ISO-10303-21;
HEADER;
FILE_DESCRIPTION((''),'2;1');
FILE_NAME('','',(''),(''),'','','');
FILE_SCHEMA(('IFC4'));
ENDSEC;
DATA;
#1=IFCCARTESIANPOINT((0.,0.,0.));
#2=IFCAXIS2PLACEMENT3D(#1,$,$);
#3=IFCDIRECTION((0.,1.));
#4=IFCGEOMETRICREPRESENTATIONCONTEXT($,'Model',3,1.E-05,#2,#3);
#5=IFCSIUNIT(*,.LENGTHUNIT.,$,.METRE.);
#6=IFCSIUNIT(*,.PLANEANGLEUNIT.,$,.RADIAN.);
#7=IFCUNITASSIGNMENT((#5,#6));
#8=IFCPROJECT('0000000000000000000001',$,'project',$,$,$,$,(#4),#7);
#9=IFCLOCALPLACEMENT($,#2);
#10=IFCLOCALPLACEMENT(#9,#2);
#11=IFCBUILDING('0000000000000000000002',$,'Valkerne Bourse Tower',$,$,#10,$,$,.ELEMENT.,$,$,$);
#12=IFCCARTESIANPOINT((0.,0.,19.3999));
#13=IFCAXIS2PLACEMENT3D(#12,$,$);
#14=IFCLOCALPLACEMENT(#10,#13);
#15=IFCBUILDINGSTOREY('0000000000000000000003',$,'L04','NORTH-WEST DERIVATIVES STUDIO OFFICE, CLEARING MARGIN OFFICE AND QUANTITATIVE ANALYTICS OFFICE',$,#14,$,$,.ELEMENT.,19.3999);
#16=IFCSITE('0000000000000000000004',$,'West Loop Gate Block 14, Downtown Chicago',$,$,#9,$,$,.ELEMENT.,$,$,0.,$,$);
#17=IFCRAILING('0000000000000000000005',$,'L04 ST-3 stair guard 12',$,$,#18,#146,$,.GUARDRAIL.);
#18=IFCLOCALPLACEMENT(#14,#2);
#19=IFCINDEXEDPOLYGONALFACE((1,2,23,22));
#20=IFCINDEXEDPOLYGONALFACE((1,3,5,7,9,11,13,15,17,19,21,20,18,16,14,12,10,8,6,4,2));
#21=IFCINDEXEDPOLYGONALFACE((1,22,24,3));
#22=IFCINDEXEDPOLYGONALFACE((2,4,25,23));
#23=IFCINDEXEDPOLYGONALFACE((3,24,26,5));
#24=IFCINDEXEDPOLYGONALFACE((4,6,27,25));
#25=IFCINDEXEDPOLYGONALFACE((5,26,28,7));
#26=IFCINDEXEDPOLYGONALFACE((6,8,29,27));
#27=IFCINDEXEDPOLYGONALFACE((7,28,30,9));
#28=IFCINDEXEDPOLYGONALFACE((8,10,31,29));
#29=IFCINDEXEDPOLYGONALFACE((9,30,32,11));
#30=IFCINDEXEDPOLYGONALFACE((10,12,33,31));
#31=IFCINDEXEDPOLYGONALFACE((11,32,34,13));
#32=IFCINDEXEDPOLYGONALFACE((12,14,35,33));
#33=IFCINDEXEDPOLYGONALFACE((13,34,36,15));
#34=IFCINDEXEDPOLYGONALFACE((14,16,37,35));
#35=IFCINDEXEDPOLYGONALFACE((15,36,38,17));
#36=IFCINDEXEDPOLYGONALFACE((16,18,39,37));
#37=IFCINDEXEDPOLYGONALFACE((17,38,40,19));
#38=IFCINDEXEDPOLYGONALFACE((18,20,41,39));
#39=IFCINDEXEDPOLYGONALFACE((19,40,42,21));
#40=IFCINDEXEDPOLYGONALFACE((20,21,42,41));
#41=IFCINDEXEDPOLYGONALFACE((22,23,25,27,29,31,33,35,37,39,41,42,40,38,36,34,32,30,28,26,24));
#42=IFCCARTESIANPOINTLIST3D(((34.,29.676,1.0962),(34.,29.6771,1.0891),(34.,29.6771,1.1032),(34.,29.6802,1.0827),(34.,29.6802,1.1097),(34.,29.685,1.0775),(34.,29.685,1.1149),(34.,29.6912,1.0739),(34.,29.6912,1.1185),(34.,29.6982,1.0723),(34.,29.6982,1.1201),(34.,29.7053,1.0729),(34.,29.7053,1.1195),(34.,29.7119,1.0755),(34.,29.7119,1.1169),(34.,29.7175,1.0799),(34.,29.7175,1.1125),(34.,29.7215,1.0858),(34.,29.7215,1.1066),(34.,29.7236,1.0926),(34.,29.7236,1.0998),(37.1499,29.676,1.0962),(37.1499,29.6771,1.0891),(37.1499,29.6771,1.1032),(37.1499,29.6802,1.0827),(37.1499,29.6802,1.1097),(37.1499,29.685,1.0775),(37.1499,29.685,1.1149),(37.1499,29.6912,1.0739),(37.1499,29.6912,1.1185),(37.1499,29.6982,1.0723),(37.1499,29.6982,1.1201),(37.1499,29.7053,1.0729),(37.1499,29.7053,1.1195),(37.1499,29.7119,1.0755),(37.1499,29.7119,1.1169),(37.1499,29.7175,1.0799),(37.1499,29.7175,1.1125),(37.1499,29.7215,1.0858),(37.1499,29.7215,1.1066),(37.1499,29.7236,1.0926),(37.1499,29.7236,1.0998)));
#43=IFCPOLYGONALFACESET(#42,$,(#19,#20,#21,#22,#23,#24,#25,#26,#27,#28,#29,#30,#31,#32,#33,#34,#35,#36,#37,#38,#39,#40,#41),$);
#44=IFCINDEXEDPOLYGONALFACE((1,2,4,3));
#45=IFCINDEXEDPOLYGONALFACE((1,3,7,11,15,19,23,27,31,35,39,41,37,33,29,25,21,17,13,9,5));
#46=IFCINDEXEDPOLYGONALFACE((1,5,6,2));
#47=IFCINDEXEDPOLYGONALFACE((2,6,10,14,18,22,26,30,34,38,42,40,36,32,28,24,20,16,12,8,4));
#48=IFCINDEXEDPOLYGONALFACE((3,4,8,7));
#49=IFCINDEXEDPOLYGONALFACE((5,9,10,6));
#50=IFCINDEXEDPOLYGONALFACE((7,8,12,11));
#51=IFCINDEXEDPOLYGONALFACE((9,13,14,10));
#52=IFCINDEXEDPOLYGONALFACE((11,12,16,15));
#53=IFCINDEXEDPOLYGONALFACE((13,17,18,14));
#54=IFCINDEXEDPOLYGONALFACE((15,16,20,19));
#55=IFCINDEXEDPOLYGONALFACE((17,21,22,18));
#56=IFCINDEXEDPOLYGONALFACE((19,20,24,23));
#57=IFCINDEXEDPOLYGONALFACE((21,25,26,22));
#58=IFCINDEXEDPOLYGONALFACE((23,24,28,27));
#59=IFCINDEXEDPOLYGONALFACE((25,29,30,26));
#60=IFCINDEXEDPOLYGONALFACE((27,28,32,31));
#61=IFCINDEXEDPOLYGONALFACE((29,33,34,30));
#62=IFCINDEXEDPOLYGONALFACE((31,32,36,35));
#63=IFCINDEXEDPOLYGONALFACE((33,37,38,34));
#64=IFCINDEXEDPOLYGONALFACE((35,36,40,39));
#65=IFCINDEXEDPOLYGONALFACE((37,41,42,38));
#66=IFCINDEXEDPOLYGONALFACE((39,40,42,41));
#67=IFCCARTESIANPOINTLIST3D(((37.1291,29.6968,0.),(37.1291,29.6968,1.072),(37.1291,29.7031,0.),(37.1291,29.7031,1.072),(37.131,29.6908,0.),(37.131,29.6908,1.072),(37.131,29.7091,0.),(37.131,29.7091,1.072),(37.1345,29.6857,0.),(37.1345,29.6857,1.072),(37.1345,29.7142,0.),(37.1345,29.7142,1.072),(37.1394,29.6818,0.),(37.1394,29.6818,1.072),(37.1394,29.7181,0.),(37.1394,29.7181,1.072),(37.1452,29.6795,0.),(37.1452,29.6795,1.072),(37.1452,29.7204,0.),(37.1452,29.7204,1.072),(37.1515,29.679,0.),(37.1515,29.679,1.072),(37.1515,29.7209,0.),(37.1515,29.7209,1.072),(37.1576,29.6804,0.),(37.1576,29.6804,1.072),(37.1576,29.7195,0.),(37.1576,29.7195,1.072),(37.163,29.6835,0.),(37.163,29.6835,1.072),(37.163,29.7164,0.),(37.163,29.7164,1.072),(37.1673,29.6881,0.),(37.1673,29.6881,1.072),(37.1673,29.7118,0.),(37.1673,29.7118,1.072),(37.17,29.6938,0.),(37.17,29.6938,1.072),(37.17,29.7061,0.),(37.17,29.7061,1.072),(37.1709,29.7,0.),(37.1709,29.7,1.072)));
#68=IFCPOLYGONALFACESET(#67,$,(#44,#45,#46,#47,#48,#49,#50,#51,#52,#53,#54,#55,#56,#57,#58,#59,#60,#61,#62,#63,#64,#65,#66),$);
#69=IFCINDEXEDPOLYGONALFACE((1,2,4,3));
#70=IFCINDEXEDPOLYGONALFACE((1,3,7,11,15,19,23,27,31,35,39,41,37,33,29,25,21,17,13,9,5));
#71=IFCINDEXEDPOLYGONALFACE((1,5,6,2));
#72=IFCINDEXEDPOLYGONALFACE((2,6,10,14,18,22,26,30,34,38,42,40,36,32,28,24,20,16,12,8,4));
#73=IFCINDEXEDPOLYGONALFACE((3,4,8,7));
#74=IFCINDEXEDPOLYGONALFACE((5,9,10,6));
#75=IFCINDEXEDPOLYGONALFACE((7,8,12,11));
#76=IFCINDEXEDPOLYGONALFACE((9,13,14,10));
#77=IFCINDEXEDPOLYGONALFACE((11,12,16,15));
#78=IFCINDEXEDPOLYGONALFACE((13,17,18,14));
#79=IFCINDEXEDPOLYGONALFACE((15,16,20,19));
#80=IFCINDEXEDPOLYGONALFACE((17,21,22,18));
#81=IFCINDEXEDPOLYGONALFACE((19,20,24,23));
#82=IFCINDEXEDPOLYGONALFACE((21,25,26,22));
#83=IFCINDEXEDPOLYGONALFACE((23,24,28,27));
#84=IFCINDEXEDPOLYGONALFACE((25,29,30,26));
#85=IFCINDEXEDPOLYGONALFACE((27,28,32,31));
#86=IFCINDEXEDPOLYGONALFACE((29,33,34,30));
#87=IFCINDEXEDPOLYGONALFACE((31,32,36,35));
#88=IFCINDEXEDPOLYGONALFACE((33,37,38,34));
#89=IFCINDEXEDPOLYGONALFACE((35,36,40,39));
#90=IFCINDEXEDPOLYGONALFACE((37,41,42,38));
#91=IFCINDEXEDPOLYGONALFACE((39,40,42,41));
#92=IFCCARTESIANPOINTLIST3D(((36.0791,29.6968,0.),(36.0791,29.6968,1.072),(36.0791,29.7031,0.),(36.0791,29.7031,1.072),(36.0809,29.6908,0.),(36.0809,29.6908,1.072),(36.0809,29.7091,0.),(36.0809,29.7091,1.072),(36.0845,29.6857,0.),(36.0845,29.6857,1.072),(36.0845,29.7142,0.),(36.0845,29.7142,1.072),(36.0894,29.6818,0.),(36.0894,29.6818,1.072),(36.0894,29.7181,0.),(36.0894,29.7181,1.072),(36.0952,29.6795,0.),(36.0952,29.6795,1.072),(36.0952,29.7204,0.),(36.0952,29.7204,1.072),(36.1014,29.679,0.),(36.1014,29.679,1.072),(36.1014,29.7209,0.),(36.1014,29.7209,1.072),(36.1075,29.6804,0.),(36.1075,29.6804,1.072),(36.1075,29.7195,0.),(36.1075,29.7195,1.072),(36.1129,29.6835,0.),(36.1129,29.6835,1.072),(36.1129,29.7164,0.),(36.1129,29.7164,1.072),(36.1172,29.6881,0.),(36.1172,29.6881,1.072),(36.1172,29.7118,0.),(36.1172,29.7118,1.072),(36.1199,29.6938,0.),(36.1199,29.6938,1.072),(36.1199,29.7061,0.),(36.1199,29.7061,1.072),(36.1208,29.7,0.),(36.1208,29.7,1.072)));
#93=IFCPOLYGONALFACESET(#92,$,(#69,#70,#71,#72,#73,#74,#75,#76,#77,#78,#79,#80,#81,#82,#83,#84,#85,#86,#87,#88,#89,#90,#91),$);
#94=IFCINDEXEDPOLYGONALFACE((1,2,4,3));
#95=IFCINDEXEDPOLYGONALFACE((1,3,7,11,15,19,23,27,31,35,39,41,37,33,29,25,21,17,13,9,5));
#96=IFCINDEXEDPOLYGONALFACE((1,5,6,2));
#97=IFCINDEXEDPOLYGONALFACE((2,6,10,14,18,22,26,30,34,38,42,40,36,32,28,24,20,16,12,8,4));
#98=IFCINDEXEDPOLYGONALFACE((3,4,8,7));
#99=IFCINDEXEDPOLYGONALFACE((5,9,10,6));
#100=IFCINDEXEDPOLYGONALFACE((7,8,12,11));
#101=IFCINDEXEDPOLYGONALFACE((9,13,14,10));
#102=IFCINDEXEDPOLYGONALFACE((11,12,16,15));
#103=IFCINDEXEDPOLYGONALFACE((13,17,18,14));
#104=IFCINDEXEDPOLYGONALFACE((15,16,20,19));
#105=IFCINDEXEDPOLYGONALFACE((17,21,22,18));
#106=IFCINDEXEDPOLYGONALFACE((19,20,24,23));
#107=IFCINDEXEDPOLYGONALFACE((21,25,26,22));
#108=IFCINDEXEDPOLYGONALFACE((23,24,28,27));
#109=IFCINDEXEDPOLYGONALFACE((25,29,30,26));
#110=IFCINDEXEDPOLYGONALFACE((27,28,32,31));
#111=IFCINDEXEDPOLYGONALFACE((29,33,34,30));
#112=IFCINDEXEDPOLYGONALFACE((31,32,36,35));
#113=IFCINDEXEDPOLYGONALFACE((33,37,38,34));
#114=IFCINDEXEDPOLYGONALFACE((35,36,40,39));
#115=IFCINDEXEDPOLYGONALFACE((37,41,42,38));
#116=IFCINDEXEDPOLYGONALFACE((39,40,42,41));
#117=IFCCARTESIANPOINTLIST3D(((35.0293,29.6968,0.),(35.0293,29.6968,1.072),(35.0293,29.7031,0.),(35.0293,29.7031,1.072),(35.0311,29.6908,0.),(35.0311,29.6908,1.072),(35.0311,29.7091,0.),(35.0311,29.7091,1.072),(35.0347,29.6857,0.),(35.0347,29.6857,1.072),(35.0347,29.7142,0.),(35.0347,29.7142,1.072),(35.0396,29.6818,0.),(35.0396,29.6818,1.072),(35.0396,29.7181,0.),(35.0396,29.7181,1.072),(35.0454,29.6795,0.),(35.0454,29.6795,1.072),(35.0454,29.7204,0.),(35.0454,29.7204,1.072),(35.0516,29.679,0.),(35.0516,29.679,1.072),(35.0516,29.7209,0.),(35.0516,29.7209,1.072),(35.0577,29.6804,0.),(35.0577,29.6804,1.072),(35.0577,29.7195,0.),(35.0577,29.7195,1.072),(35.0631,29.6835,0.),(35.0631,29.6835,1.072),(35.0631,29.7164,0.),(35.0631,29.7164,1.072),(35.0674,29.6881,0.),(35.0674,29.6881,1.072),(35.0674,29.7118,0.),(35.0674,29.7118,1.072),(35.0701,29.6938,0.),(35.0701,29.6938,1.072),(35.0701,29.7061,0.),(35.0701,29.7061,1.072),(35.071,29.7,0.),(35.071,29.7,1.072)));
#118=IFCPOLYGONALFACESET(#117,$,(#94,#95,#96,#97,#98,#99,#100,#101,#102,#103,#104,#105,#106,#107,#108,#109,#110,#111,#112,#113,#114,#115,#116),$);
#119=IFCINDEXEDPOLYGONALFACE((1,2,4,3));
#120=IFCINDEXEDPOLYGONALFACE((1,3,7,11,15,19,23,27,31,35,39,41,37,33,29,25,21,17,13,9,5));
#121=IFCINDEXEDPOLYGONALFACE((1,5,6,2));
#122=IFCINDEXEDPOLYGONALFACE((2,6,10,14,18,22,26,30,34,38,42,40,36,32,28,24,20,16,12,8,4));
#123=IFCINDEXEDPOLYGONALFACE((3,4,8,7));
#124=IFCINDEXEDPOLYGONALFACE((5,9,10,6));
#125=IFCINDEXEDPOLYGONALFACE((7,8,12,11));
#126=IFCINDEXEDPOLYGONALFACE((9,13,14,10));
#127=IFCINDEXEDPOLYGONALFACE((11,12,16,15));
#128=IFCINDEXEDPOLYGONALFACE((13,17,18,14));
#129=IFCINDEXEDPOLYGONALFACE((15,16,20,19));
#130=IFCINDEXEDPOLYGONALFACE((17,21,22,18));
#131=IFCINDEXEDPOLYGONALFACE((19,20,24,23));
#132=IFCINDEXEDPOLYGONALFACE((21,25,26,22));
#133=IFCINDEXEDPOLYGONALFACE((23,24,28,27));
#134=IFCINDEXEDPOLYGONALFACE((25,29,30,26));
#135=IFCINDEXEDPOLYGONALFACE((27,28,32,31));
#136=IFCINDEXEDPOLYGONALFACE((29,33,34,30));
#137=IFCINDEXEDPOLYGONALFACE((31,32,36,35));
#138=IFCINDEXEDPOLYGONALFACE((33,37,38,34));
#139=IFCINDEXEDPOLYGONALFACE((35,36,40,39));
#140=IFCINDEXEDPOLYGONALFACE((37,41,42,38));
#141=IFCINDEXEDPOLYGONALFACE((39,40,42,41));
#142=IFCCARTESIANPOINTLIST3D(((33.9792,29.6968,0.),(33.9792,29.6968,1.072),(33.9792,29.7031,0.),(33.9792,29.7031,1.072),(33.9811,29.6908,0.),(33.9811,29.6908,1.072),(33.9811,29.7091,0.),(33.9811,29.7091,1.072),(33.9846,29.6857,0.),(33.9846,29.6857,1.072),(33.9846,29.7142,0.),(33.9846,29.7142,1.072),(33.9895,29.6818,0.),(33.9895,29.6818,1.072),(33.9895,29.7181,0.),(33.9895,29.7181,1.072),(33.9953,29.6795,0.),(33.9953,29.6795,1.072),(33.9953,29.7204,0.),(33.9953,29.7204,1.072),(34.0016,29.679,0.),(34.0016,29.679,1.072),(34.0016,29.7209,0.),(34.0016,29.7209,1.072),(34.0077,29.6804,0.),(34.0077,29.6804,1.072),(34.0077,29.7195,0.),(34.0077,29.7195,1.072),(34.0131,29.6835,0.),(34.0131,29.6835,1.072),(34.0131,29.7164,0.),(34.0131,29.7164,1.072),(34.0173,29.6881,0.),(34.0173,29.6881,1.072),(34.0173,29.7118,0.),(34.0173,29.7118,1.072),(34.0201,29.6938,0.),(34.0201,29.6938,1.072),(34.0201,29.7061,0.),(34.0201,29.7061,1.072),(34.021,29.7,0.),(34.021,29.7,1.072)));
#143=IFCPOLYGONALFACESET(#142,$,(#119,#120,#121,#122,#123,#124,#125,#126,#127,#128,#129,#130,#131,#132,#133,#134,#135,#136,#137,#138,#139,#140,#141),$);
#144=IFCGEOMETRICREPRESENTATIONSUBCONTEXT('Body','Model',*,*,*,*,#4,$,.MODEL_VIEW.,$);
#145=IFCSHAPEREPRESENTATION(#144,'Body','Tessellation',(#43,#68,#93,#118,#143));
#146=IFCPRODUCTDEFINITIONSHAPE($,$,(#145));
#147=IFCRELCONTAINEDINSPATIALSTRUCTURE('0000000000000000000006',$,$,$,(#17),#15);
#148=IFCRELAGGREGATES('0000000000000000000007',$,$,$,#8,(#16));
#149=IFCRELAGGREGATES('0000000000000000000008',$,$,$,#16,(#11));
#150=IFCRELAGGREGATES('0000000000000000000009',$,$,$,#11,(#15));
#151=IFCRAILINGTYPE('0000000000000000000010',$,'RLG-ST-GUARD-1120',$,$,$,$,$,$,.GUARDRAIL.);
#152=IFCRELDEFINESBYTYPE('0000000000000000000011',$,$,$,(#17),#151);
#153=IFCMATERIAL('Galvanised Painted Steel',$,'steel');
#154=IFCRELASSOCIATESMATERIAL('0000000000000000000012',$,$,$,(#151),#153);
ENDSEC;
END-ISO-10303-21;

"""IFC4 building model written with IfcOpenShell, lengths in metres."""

from ifc_helpers import new_model, si_unit, direction, frame, origin, origin_2d, place, context, subcontext, project, spatial, circle, extrude, material, type_object, element, save


model = new_model("IFC4")

# Units and contexts
model_context = context("Model", 3, precision=1e-05, world=origin(), true_north=direction((0.0, 1.0)))
body_context = subcontext(model_context, "Body", "Model", "MODEL_VIEW")
ifc_project = project(units=[si_unit("LENGTHUNIT", "METRE"), si_unit("PLANEANGLEUNIT", "RADIAN")], contexts=[model_context])

# Site, building, storey
site_placement = place(None, origin())
site = spatial("IfcSite", under=ifc_project, at=site_placement, Name="West Loop Gate Block 14, Downtown Chicago", CompositionType="ELEMENT", RefElevation=0.0)
building_placement = place(site_placement, origin())
building = spatial("IfcBuilding", under=site, at=building_placement, Name="Valkerne Bourse Tower", CompositionType="ELEMENT")
storey_placement = place(building_placement, frame((0.0, 0.0, 19.3999)))
storey = spatial("IfcBuildingStorey", under=building, at=storey_placement, Name="L04", Description="NORTH-WEST DERIVATIVES STUDIO OFFICE, CLEARING MARGIN OFFICE AND QUANTITATIVE ANALYTICS OFFICE", CompositionType="ELEMENT", Elevation=19.3999)

# Shared definitions
ifc_material_1 = material(Name="Galvanised Painted Steel", Category="steel")

# Railing
railing_type_1 = type_object("IfcRailingType", Name="RLG-ST-GUARD-1120", PredefinedType="GUARDRAIL", material=ifc_material_1)
railing_1_placement = place(storey_placement, frame((37.1499, 29.7, 0.0)))
element("IfcRailing", 1, at=railing_1_placement, inside=storey, type_object=railing_type_1, Name="L04 ST-3 stair guard 12", PredefinedType="GUARDRAIL", context=body_context, shape_type="SweptSolid", body=[
    extrude(circle(Radius=0.0239, at=origin_2d()), frame((0.0, 0.0, 1.0962), z_axis=(-1.0, 0.0, 0.0), x_axis=(0.0, -1.0, 0.0)), (0.0, 0.0, 1.0), 3.1499),
    extrude(circle(Radius=0.021, at=origin_2d()), origin(), (0.0, 0.0, 1.0), 1.072),
    extrude(circle(Radius=0.021, at=origin_2d()), frame((-1.05, 0.0, 0.0)), (0.0, 0.0, 1.0), 1.072),
    extrude(circle(Radius=0.021, at=origin_2d()), frame((-2.0999, 0.0, 0.0)), (0.0, 0.0, 1.0), 1.072),
    extrude(circle(Radius=0.021, at=origin_2d()), frame((-3.1499, 0.0, 0.0)), (0.0, 0.0, 1.0), 1.072),
])

save(model, "model.ifc")
